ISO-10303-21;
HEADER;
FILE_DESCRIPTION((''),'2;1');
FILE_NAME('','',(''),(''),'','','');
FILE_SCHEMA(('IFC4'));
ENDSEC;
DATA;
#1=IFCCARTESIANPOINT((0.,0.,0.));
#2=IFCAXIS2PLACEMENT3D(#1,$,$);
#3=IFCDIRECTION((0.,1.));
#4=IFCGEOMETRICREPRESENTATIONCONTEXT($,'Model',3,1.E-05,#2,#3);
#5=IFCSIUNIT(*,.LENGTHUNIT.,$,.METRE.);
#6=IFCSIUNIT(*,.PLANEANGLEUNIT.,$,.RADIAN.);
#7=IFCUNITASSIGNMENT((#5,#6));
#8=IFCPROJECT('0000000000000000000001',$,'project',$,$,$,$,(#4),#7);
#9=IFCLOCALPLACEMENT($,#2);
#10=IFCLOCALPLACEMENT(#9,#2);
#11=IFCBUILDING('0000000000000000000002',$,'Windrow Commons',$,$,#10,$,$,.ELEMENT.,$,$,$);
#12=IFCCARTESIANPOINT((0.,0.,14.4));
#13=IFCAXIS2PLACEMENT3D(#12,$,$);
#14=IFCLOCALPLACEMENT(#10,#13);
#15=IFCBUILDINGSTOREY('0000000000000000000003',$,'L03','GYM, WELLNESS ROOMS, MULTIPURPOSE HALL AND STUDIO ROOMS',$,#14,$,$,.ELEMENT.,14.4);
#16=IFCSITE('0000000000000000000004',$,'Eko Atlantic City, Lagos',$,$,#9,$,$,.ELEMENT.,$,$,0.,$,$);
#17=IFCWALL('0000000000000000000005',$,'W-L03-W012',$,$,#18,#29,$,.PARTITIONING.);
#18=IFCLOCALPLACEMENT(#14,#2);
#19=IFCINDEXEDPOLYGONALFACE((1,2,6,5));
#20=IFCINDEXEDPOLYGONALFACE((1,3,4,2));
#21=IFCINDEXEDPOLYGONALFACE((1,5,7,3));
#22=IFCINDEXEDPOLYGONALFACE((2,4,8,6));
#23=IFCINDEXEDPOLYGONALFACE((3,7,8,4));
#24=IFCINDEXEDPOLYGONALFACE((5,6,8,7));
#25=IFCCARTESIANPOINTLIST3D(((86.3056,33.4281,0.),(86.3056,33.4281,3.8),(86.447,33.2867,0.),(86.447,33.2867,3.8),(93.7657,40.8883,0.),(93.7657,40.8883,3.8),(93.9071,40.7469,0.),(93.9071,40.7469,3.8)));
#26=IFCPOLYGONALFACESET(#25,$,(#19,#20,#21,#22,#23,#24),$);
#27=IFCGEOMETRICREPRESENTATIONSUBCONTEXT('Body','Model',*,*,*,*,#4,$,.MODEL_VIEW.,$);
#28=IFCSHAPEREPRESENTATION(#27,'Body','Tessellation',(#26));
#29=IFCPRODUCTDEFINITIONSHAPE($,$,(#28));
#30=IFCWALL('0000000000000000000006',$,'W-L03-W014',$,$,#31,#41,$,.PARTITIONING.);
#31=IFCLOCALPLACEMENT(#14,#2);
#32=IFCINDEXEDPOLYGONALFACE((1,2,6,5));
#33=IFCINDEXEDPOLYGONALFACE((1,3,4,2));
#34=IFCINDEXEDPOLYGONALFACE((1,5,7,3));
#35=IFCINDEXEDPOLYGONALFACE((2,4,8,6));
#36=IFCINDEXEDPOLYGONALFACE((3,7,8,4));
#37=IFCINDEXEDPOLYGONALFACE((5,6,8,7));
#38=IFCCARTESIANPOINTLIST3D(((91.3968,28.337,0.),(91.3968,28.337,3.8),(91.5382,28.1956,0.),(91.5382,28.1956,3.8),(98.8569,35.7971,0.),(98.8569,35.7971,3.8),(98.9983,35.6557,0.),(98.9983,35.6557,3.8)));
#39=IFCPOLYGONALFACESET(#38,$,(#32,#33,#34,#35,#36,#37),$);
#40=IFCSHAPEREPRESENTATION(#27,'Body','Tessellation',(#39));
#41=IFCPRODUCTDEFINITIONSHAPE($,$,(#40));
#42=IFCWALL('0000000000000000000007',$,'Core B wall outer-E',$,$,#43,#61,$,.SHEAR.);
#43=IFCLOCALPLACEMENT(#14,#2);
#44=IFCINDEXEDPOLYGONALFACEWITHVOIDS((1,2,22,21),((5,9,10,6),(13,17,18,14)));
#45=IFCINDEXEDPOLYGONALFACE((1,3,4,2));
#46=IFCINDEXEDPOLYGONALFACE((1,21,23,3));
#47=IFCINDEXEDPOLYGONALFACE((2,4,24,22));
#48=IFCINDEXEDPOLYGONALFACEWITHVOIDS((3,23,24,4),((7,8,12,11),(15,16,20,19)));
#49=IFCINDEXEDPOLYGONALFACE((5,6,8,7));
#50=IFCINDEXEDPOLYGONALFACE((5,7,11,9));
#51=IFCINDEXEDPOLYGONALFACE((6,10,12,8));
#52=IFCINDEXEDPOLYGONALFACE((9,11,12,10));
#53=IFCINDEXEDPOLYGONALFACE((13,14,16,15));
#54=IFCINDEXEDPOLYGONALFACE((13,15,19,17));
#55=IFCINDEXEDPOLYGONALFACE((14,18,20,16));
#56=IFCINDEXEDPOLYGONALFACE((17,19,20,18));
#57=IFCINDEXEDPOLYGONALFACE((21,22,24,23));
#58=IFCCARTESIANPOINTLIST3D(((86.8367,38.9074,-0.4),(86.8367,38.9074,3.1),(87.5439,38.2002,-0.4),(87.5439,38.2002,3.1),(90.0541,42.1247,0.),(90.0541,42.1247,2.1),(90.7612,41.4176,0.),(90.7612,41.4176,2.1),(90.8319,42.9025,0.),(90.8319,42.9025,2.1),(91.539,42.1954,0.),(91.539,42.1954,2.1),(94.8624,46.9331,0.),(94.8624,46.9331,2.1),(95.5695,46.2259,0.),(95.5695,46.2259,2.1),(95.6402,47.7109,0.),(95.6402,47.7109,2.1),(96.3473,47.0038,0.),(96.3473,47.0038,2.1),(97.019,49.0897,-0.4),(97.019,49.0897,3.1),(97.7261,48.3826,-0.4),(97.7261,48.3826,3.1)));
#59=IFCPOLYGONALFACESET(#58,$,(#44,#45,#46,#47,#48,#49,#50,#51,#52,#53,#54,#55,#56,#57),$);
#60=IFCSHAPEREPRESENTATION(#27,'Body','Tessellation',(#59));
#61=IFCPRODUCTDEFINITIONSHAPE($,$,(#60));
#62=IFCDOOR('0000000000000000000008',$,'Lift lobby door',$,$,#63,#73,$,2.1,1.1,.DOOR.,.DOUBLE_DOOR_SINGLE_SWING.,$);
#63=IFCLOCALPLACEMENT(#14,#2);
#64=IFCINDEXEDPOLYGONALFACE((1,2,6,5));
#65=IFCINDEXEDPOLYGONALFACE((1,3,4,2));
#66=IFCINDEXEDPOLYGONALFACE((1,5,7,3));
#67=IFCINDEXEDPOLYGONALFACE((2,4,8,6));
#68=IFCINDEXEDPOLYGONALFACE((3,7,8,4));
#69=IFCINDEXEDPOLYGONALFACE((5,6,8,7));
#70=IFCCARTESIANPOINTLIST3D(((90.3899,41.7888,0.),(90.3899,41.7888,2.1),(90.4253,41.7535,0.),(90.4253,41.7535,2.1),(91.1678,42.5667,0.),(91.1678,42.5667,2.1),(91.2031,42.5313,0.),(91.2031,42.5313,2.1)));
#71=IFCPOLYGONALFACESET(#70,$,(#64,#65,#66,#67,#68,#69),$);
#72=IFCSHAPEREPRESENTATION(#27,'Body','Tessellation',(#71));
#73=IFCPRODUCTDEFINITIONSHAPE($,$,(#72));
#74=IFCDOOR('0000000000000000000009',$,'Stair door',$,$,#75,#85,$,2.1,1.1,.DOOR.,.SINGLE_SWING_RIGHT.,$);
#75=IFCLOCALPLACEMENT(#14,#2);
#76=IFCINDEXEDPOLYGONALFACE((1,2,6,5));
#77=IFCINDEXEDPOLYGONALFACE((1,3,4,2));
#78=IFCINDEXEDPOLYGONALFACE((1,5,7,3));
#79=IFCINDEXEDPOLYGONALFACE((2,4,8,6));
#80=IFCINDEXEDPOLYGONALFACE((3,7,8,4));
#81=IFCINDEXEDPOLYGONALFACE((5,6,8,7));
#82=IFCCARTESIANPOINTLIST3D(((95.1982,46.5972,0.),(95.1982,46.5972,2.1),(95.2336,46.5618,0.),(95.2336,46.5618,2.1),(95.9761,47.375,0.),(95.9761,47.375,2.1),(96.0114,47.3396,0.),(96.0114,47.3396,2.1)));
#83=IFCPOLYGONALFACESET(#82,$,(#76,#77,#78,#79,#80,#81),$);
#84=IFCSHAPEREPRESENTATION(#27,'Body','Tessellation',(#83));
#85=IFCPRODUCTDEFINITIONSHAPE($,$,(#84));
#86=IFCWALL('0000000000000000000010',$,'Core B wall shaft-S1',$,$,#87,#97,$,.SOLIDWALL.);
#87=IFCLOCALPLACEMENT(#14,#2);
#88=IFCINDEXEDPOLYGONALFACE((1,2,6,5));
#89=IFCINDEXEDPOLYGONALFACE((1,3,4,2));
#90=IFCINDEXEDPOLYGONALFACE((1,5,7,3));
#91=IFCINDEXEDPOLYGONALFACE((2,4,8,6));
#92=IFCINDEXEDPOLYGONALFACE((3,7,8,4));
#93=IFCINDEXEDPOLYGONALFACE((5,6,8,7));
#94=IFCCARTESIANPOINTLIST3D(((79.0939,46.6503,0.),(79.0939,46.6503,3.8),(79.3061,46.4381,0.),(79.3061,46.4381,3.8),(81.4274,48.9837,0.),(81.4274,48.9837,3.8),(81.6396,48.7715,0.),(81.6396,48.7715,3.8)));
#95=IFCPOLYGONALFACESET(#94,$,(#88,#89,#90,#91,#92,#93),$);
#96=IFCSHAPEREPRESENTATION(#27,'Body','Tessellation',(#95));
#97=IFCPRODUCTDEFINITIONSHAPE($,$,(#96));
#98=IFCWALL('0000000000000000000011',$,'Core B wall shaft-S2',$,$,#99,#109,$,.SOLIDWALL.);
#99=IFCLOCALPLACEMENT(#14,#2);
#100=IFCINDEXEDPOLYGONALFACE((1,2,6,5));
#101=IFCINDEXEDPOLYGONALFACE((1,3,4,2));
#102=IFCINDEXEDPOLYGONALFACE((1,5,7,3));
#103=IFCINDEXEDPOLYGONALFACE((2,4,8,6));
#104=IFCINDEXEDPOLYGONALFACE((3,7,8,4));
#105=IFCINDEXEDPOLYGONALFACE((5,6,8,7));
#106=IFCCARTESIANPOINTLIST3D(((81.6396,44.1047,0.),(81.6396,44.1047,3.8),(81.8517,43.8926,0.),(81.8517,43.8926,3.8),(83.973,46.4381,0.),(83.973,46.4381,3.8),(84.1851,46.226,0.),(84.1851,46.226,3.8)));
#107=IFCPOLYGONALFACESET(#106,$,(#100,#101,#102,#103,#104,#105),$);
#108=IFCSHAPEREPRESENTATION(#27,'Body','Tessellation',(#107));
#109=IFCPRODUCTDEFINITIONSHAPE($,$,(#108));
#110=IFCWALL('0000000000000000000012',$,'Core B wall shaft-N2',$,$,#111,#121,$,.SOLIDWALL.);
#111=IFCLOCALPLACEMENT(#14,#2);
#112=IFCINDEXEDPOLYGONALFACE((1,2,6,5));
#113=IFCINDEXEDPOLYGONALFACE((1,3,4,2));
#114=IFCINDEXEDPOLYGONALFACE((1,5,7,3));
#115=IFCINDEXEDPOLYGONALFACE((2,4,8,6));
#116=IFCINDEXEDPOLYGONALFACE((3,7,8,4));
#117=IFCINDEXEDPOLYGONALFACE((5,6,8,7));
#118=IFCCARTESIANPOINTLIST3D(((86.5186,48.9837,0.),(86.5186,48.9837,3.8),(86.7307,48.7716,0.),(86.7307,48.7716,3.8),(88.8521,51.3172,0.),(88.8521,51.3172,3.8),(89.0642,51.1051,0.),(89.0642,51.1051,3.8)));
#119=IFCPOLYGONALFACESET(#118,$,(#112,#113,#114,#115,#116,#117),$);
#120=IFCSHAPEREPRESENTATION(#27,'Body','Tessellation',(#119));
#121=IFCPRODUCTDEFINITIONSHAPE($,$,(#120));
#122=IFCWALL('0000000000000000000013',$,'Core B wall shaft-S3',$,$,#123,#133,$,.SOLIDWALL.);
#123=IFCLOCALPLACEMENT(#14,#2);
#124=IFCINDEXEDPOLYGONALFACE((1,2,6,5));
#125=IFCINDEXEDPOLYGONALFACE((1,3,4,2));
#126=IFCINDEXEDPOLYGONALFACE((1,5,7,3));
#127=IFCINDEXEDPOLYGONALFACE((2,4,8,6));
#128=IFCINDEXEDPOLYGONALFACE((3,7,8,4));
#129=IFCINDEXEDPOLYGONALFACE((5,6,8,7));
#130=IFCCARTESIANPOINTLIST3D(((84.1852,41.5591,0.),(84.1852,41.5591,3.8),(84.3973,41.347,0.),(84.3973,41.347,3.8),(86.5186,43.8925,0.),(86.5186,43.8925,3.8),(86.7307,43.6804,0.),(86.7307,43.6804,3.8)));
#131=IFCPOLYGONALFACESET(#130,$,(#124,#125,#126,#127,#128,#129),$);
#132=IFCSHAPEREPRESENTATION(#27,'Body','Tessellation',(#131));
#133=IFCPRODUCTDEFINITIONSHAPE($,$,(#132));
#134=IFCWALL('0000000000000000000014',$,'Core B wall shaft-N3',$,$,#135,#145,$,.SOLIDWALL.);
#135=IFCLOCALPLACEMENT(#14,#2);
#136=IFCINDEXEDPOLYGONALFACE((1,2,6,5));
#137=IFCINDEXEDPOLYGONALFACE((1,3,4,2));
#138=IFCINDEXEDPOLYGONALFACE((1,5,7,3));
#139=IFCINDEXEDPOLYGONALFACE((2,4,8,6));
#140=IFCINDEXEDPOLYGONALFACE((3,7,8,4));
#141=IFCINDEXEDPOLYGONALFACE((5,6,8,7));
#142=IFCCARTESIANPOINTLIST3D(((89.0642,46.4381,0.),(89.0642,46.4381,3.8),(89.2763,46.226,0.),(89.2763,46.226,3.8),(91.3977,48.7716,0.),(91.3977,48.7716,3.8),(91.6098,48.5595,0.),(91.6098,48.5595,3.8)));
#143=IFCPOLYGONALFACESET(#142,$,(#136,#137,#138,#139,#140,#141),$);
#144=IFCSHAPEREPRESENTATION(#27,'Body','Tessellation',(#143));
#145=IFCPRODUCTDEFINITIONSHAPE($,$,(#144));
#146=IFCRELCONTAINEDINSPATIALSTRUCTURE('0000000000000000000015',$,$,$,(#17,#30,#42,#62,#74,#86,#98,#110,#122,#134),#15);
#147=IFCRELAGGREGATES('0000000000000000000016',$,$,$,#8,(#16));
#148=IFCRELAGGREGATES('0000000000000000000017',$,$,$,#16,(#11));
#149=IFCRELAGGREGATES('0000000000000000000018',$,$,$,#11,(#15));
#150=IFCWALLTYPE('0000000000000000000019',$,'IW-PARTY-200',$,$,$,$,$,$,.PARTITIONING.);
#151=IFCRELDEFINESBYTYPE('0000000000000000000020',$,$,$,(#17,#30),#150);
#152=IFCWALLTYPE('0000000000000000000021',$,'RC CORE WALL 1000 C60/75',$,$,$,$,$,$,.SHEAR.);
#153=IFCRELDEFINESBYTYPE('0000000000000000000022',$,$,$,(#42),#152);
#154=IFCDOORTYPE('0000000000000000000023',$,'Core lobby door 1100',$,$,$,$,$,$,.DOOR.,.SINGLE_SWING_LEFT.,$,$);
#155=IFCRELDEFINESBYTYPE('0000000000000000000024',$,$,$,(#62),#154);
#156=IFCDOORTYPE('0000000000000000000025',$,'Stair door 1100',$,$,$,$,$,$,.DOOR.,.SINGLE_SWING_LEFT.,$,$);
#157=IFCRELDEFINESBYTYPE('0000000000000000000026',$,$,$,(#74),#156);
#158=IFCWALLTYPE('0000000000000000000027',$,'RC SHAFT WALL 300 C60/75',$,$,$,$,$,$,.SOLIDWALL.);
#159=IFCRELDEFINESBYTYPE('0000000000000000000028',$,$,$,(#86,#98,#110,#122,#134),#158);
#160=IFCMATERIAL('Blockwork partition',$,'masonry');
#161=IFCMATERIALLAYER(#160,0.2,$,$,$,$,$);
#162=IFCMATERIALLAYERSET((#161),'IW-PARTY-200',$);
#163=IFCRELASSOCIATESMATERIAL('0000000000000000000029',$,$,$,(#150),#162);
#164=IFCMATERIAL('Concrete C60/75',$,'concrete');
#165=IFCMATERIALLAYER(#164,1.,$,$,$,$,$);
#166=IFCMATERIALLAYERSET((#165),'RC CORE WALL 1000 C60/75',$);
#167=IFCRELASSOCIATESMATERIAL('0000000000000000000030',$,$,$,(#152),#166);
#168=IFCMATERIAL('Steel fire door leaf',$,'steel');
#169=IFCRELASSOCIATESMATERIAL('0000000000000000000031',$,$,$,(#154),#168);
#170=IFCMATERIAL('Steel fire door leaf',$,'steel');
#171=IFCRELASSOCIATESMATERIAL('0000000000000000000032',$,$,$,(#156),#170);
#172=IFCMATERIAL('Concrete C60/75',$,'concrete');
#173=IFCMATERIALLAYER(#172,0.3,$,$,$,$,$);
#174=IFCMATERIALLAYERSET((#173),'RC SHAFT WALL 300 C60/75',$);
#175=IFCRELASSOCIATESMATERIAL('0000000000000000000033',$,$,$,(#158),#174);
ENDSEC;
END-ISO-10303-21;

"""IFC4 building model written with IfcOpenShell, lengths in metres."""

from ifc_helpers import new_model, si_unit, direction, frame, frame_2d, origin, place, context, subcontext, project, spatial, rectangle, extrude, material, layer, layer_set, type_object, element, fill, save


model = new_model("IFC4")

# Units and contexts
model_context = context("Model", 3, precision=1e-05, world=origin(), true_north=direction((0.0, 1.0)))
body_context = subcontext(model_context, "Body", "Model", "MODEL_VIEW")
ifc_project = project(units=[si_unit("LENGTHUNIT", "METRE"), si_unit("PLANEANGLEUNIT", "RADIAN")], contexts=[model_context])

# Site, building, storey
site_placement = place(None, origin())
site = spatial("IfcSite", under=ifc_project, at=site_placement, Name="Eko Atlantic City, Lagos", CompositionType="ELEMENT", RefElevation=0.0)
building_placement = place(site_placement, origin())
building = spatial("IfcBuilding", under=site, at=building_placement, Name="Windrow Commons", CompositionType="ELEMENT")
storey_placement = place(building_placement, frame((0.0, 0.0, 14.4)))
storey = spatial("IfcBuildingStorey", under=building, at=storey_placement, Name="L03", Description="GYM, WELLNESS ROOMS, MULTIPURPOSE HALL AND STUDIO ROOMS", CompositionType="ELEMENT", Elevation=14.4)

# Walls
ifc_material_1 = material(Name="Blockwork partition", Category="masonry")
ifc_layer_1 = layer(ifc_material_1, 0.2)
ifc_layer_set_1 = layer_set([ifc_layer_1], Name="IW-PARTY-200")
wall_type_1 = type_object("IfcWallType", Name="IW-PARTY-200", PredefinedType="PARTITIONING", material=ifc_layer_set_1)
for number, where, z_axis, x_axis, name in (
    (1, (86.3763, 33.3574, 0.0), (0.0, 0.0, 1.0), (0.707102, 0.707112, 0.0), "W-L03-W012"),
    (2, (91.4675, 28.2663, 0.0), (0.0, 0.0, 1.0), (0.707107, 0.707107, 0.0), "W-L03-W014"),
):
    element("IfcWall", number, at=place(storey_placement, frame(where, z_axis=z_axis, x_axis=x_axis)), inside=storey, type_object=wall_type_1, Name=name, PredefinedType="PARTITIONING", context=body_context, shape_type="SweptSolid", body=[
        extrude(rectangle(XDim=10.5502, YDim=0.2, at=frame_2d((5.2751, 0.0))), origin(), (0.0, 0.0, 1.0), 3.8),
    ])

# Wall, openings, doors
ifc_material_2 = material(Name="Concrete C60/75", Category="concrete")
ifc_layer_2 = layer(ifc_material_2, 1.0)
ifc_layer_set_2 = layer_set([ifc_layer_2], Name="RC CORE WALL 1000 C60/75")
wall_type_2 = type_object("IfcWallType", Name="RC CORE WALL 1000 C60/75", PredefinedType="SHEAR", material=ifc_layer_set_2)
wall_1_placement = place(storey_placement, frame((87.1903, 38.5538, -0.4), z_axis=(0.0, 0.0, 1.0), x_axis=(0.707103, 0.70711, 0.0)))
wall_1 = element("IfcWall", 3, at=wall_1_placement, inside=storey, type_object=wall_type_2, Name="Core B wall outer-E", PredefinedType="SHEAR", context=body_context, shape_type="SweptSolid", body=[
    extrude(rectangle(XDim=14.4, YDim=1.0, at=frame_2d((7.2, 0.0))), origin(), (0.0, 0.0, 1.0), 3.5),
])
opening_1_placement = place(wall_1_placement, frame((4.55, 0.0, 0.4)))
opening_1 = element("IfcOpeningElement", 4, at=opening_1_placement, cuts=wall_1, PredefinedType="OPENING", context=body_context, shape_type="SweptSolid", body=[
    extrude(rectangle(XDim=1.1, YDim=2.1, at=frame_2d((0.55, 1.05))), frame((0.0, 0.51, 0.0), z_axis=(0.0, -1.0, 0.0), x_axis=(1.0, 0.0, 0.0)), (0.0, 0.0, 1.0), 1.02),
])
opening_2_placement = place(wall_1_placement, frame((11.35, 0.0, 0.4)))
opening_2 = element("IfcOpeningElement", 5, at=opening_2_placement, cuts=wall_1, PredefinedType="OPENING", context=body_context, shape_type="SweptSolid", body=[
    extrude(rectangle(XDim=1.1, YDim=2.1, at=frame_2d((0.55, 1.05))), frame((0.0, 0.51, 0.0), z_axis=(0.0, -1.0, 0.0), x_axis=(1.0, 0.0, 0.0)), (0.0, 0.0, 1.0), 1.02),
])
ifc_material_3 = material(Name="Steel fire door leaf", Category="steel")
door_type_1 = type_object("IfcDoorType", Name="Core lobby door 1100", OperationType="SINGLE_SWING_LEFT", PredefinedType="DOOR", material=ifc_material_3)
door_1_placement = place(opening_1_placement, origin())
door_1 = element("IfcDoor", 6, at=door_1_placement, inside=storey, type_object=door_type_1, Name="Lift lobby door", OperationType="DOUBLE_DOOR_SINGLE_SWING", OverallHeight=2.1, OverallWidth=1.1, PredefinedType="DOOR", context=body_context, shape_type="SweptSolid", body=[
    extrude(rectangle(XDim=1.1, YDim=2.1, at=frame_2d((0.55, 1.05))), frame((0.0, 0.025, 0.0), z_axis=(0.0, -1.0, 0.0), x_axis=(1.0, 0.0, 0.0)), (0.0, 0.0, 1.0), 0.05),
])
fill(opening_1, door_1)
ifc_material_4 = material(Name="Steel fire door leaf", Category="steel")
door_type_2 = type_object("IfcDoorType", Name="Stair door 1100", OperationType="SINGLE_SWING_LEFT", PredefinedType="DOOR", material=ifc_material_4)
door_2_placement = place(opening_2_placement, origin())
door_2 = element("IfcDoor", 7, at=door_2_placement, inside=storey, type_object=door_type_2, Name="Stair door", OperationType="SINGLE_SWING_RIGHT", OverallHeight=2.1, OverallWidth=1.1, PredefinedType="DOOR", context=body_context, shape_type="SweptSolid", body=[
    extrude(rectangle(XDim=1.1, YDim=2.1, at=frame_2d((0.55, 1.05))), frame((0.0, 0.025, 0.0), z_axis=(0.0, -1.0, 0.0), x_axis=(1.0, 0.0, 0.0)), (0.0, 0.0, 1.0), 0.05),
])
fill(opening_2, door_2)

# Walls
ifc_material_5 = material(Name="Concrete C60/75", Category="concrete")
ifc_layer_3 = layer(ifc_material_5, 0.3)
ifc_layer_set_3 = layer_set([ifc_layer_3], Name="RC SHAFT WALL 300 C60/75")
wall_type_3 = type_object("IfcWallType", Name="RC SHAFT WALL 300 C60/75", PredefinedType="SOLIDWALL", material=ifc_layer_set_3)
wall_2_placement = place(storey_placement, frame((79.2, 46.5442, 0.0), z_axis=(0.0, 0.0, 1.0), x_axis=(0.707122, 0.707092, 0.0)))
element("IfcWall", 8, at=wall_2_placement, inside=storey, type_object=wall_type_3, Name="Core B wall shaft-S1", PredefinedType="SOLIDWALL", context=body_context, shape_type="SweptSolid", body=[
    extrude(rectangle(XDim=3.3, YDim=0.3, at=frame_2d((1.65, 0.0))), origin(), (0.0, 0.0, 1.0), 3.8),
])
wall_3_placement = place(storey_placement, frame((81.7456, 43.9986, 0.0), z_axis=(0.0, 0.0, 1.0), x_axis=(0.707107, 0.707107, 0.0)))
element("IfcWall", 9, at=wall_3_placement, inside=storey, type_object=wall_type_3, Name="Core B wall shaft-S2", PredefinedType="SOLIDWALL", context=body_context, shape_type="SweptSolid", body=[
    extrude(rectangle(XDim=3.2999, YDim=0.3, at=frame_2d((1.65, 0.0))), origin(), (0.0, 0.0, 1.0), 3.8),
])
wall_4_placement = place(storey_placement, frame((86.6246, 48.8776, 0.0), z_axis=(0.0, 0.0, 1.0), x_axis=(0.707107, 0.707107, 0.0)))
element("IfcWall", 10, at=wall_4_placement, inside=storey, type_object=wall_type_3, Name="Core B wall shaft-N2", PredefinedType="SOLIDWALL", context=body_context, shape_type="SweptSolid", body=[
    extrude(rectangle(XDim=3.3001, YDim=0.3, at=frame_2d((1.6501, 0.0))), origin(), (0.0, 0.0, 1.0), 3.8),
])
wall_5_placement = place(storey_placement, frame((84.2912, 41.453, 0.0), z_axis=(0.0, 0.0, 1.0), x_axis=(0.707107, 0.707107, 0.0)))
element("IfcWall", 11, at=wall_5_placement, inside=storey, type_object=wall_type_3, Name="Core B wall shaft-S3", PredefinedType="SOLIDWALL", context=body_context, shape_type="SweptSolid", body=[
    extrude(rectangle(XDim=3.2999, YDim=0.3, at=frame_2d((1.65, 0.0))), origin(), (0.0, 0.0, 1.0), 3.8),
])
wall_6_placement = place(storey_placement, frame((89.1702, 46.332, 0.0), z_axis=(0.0, 0.0, 1.0), x_axis=(0.707107, 0.707107, 0.0)))
element("IfcWall", 12, at=wall_6_placement, inside=storey, type_object=wall_type_3, Name="Core B wall shaft-N3", PredefinedType="SOLIDWALL", context=body_context, shape_type="SweptSolid", body=[
    extrude(rectangle(XDim=3.3001, YDim=0.3, at=frame_2d((1.6501, 0.0))), origin(), (0.0, 0.0, 1.0), 3.8),
])

save(model, "model.ifc")
